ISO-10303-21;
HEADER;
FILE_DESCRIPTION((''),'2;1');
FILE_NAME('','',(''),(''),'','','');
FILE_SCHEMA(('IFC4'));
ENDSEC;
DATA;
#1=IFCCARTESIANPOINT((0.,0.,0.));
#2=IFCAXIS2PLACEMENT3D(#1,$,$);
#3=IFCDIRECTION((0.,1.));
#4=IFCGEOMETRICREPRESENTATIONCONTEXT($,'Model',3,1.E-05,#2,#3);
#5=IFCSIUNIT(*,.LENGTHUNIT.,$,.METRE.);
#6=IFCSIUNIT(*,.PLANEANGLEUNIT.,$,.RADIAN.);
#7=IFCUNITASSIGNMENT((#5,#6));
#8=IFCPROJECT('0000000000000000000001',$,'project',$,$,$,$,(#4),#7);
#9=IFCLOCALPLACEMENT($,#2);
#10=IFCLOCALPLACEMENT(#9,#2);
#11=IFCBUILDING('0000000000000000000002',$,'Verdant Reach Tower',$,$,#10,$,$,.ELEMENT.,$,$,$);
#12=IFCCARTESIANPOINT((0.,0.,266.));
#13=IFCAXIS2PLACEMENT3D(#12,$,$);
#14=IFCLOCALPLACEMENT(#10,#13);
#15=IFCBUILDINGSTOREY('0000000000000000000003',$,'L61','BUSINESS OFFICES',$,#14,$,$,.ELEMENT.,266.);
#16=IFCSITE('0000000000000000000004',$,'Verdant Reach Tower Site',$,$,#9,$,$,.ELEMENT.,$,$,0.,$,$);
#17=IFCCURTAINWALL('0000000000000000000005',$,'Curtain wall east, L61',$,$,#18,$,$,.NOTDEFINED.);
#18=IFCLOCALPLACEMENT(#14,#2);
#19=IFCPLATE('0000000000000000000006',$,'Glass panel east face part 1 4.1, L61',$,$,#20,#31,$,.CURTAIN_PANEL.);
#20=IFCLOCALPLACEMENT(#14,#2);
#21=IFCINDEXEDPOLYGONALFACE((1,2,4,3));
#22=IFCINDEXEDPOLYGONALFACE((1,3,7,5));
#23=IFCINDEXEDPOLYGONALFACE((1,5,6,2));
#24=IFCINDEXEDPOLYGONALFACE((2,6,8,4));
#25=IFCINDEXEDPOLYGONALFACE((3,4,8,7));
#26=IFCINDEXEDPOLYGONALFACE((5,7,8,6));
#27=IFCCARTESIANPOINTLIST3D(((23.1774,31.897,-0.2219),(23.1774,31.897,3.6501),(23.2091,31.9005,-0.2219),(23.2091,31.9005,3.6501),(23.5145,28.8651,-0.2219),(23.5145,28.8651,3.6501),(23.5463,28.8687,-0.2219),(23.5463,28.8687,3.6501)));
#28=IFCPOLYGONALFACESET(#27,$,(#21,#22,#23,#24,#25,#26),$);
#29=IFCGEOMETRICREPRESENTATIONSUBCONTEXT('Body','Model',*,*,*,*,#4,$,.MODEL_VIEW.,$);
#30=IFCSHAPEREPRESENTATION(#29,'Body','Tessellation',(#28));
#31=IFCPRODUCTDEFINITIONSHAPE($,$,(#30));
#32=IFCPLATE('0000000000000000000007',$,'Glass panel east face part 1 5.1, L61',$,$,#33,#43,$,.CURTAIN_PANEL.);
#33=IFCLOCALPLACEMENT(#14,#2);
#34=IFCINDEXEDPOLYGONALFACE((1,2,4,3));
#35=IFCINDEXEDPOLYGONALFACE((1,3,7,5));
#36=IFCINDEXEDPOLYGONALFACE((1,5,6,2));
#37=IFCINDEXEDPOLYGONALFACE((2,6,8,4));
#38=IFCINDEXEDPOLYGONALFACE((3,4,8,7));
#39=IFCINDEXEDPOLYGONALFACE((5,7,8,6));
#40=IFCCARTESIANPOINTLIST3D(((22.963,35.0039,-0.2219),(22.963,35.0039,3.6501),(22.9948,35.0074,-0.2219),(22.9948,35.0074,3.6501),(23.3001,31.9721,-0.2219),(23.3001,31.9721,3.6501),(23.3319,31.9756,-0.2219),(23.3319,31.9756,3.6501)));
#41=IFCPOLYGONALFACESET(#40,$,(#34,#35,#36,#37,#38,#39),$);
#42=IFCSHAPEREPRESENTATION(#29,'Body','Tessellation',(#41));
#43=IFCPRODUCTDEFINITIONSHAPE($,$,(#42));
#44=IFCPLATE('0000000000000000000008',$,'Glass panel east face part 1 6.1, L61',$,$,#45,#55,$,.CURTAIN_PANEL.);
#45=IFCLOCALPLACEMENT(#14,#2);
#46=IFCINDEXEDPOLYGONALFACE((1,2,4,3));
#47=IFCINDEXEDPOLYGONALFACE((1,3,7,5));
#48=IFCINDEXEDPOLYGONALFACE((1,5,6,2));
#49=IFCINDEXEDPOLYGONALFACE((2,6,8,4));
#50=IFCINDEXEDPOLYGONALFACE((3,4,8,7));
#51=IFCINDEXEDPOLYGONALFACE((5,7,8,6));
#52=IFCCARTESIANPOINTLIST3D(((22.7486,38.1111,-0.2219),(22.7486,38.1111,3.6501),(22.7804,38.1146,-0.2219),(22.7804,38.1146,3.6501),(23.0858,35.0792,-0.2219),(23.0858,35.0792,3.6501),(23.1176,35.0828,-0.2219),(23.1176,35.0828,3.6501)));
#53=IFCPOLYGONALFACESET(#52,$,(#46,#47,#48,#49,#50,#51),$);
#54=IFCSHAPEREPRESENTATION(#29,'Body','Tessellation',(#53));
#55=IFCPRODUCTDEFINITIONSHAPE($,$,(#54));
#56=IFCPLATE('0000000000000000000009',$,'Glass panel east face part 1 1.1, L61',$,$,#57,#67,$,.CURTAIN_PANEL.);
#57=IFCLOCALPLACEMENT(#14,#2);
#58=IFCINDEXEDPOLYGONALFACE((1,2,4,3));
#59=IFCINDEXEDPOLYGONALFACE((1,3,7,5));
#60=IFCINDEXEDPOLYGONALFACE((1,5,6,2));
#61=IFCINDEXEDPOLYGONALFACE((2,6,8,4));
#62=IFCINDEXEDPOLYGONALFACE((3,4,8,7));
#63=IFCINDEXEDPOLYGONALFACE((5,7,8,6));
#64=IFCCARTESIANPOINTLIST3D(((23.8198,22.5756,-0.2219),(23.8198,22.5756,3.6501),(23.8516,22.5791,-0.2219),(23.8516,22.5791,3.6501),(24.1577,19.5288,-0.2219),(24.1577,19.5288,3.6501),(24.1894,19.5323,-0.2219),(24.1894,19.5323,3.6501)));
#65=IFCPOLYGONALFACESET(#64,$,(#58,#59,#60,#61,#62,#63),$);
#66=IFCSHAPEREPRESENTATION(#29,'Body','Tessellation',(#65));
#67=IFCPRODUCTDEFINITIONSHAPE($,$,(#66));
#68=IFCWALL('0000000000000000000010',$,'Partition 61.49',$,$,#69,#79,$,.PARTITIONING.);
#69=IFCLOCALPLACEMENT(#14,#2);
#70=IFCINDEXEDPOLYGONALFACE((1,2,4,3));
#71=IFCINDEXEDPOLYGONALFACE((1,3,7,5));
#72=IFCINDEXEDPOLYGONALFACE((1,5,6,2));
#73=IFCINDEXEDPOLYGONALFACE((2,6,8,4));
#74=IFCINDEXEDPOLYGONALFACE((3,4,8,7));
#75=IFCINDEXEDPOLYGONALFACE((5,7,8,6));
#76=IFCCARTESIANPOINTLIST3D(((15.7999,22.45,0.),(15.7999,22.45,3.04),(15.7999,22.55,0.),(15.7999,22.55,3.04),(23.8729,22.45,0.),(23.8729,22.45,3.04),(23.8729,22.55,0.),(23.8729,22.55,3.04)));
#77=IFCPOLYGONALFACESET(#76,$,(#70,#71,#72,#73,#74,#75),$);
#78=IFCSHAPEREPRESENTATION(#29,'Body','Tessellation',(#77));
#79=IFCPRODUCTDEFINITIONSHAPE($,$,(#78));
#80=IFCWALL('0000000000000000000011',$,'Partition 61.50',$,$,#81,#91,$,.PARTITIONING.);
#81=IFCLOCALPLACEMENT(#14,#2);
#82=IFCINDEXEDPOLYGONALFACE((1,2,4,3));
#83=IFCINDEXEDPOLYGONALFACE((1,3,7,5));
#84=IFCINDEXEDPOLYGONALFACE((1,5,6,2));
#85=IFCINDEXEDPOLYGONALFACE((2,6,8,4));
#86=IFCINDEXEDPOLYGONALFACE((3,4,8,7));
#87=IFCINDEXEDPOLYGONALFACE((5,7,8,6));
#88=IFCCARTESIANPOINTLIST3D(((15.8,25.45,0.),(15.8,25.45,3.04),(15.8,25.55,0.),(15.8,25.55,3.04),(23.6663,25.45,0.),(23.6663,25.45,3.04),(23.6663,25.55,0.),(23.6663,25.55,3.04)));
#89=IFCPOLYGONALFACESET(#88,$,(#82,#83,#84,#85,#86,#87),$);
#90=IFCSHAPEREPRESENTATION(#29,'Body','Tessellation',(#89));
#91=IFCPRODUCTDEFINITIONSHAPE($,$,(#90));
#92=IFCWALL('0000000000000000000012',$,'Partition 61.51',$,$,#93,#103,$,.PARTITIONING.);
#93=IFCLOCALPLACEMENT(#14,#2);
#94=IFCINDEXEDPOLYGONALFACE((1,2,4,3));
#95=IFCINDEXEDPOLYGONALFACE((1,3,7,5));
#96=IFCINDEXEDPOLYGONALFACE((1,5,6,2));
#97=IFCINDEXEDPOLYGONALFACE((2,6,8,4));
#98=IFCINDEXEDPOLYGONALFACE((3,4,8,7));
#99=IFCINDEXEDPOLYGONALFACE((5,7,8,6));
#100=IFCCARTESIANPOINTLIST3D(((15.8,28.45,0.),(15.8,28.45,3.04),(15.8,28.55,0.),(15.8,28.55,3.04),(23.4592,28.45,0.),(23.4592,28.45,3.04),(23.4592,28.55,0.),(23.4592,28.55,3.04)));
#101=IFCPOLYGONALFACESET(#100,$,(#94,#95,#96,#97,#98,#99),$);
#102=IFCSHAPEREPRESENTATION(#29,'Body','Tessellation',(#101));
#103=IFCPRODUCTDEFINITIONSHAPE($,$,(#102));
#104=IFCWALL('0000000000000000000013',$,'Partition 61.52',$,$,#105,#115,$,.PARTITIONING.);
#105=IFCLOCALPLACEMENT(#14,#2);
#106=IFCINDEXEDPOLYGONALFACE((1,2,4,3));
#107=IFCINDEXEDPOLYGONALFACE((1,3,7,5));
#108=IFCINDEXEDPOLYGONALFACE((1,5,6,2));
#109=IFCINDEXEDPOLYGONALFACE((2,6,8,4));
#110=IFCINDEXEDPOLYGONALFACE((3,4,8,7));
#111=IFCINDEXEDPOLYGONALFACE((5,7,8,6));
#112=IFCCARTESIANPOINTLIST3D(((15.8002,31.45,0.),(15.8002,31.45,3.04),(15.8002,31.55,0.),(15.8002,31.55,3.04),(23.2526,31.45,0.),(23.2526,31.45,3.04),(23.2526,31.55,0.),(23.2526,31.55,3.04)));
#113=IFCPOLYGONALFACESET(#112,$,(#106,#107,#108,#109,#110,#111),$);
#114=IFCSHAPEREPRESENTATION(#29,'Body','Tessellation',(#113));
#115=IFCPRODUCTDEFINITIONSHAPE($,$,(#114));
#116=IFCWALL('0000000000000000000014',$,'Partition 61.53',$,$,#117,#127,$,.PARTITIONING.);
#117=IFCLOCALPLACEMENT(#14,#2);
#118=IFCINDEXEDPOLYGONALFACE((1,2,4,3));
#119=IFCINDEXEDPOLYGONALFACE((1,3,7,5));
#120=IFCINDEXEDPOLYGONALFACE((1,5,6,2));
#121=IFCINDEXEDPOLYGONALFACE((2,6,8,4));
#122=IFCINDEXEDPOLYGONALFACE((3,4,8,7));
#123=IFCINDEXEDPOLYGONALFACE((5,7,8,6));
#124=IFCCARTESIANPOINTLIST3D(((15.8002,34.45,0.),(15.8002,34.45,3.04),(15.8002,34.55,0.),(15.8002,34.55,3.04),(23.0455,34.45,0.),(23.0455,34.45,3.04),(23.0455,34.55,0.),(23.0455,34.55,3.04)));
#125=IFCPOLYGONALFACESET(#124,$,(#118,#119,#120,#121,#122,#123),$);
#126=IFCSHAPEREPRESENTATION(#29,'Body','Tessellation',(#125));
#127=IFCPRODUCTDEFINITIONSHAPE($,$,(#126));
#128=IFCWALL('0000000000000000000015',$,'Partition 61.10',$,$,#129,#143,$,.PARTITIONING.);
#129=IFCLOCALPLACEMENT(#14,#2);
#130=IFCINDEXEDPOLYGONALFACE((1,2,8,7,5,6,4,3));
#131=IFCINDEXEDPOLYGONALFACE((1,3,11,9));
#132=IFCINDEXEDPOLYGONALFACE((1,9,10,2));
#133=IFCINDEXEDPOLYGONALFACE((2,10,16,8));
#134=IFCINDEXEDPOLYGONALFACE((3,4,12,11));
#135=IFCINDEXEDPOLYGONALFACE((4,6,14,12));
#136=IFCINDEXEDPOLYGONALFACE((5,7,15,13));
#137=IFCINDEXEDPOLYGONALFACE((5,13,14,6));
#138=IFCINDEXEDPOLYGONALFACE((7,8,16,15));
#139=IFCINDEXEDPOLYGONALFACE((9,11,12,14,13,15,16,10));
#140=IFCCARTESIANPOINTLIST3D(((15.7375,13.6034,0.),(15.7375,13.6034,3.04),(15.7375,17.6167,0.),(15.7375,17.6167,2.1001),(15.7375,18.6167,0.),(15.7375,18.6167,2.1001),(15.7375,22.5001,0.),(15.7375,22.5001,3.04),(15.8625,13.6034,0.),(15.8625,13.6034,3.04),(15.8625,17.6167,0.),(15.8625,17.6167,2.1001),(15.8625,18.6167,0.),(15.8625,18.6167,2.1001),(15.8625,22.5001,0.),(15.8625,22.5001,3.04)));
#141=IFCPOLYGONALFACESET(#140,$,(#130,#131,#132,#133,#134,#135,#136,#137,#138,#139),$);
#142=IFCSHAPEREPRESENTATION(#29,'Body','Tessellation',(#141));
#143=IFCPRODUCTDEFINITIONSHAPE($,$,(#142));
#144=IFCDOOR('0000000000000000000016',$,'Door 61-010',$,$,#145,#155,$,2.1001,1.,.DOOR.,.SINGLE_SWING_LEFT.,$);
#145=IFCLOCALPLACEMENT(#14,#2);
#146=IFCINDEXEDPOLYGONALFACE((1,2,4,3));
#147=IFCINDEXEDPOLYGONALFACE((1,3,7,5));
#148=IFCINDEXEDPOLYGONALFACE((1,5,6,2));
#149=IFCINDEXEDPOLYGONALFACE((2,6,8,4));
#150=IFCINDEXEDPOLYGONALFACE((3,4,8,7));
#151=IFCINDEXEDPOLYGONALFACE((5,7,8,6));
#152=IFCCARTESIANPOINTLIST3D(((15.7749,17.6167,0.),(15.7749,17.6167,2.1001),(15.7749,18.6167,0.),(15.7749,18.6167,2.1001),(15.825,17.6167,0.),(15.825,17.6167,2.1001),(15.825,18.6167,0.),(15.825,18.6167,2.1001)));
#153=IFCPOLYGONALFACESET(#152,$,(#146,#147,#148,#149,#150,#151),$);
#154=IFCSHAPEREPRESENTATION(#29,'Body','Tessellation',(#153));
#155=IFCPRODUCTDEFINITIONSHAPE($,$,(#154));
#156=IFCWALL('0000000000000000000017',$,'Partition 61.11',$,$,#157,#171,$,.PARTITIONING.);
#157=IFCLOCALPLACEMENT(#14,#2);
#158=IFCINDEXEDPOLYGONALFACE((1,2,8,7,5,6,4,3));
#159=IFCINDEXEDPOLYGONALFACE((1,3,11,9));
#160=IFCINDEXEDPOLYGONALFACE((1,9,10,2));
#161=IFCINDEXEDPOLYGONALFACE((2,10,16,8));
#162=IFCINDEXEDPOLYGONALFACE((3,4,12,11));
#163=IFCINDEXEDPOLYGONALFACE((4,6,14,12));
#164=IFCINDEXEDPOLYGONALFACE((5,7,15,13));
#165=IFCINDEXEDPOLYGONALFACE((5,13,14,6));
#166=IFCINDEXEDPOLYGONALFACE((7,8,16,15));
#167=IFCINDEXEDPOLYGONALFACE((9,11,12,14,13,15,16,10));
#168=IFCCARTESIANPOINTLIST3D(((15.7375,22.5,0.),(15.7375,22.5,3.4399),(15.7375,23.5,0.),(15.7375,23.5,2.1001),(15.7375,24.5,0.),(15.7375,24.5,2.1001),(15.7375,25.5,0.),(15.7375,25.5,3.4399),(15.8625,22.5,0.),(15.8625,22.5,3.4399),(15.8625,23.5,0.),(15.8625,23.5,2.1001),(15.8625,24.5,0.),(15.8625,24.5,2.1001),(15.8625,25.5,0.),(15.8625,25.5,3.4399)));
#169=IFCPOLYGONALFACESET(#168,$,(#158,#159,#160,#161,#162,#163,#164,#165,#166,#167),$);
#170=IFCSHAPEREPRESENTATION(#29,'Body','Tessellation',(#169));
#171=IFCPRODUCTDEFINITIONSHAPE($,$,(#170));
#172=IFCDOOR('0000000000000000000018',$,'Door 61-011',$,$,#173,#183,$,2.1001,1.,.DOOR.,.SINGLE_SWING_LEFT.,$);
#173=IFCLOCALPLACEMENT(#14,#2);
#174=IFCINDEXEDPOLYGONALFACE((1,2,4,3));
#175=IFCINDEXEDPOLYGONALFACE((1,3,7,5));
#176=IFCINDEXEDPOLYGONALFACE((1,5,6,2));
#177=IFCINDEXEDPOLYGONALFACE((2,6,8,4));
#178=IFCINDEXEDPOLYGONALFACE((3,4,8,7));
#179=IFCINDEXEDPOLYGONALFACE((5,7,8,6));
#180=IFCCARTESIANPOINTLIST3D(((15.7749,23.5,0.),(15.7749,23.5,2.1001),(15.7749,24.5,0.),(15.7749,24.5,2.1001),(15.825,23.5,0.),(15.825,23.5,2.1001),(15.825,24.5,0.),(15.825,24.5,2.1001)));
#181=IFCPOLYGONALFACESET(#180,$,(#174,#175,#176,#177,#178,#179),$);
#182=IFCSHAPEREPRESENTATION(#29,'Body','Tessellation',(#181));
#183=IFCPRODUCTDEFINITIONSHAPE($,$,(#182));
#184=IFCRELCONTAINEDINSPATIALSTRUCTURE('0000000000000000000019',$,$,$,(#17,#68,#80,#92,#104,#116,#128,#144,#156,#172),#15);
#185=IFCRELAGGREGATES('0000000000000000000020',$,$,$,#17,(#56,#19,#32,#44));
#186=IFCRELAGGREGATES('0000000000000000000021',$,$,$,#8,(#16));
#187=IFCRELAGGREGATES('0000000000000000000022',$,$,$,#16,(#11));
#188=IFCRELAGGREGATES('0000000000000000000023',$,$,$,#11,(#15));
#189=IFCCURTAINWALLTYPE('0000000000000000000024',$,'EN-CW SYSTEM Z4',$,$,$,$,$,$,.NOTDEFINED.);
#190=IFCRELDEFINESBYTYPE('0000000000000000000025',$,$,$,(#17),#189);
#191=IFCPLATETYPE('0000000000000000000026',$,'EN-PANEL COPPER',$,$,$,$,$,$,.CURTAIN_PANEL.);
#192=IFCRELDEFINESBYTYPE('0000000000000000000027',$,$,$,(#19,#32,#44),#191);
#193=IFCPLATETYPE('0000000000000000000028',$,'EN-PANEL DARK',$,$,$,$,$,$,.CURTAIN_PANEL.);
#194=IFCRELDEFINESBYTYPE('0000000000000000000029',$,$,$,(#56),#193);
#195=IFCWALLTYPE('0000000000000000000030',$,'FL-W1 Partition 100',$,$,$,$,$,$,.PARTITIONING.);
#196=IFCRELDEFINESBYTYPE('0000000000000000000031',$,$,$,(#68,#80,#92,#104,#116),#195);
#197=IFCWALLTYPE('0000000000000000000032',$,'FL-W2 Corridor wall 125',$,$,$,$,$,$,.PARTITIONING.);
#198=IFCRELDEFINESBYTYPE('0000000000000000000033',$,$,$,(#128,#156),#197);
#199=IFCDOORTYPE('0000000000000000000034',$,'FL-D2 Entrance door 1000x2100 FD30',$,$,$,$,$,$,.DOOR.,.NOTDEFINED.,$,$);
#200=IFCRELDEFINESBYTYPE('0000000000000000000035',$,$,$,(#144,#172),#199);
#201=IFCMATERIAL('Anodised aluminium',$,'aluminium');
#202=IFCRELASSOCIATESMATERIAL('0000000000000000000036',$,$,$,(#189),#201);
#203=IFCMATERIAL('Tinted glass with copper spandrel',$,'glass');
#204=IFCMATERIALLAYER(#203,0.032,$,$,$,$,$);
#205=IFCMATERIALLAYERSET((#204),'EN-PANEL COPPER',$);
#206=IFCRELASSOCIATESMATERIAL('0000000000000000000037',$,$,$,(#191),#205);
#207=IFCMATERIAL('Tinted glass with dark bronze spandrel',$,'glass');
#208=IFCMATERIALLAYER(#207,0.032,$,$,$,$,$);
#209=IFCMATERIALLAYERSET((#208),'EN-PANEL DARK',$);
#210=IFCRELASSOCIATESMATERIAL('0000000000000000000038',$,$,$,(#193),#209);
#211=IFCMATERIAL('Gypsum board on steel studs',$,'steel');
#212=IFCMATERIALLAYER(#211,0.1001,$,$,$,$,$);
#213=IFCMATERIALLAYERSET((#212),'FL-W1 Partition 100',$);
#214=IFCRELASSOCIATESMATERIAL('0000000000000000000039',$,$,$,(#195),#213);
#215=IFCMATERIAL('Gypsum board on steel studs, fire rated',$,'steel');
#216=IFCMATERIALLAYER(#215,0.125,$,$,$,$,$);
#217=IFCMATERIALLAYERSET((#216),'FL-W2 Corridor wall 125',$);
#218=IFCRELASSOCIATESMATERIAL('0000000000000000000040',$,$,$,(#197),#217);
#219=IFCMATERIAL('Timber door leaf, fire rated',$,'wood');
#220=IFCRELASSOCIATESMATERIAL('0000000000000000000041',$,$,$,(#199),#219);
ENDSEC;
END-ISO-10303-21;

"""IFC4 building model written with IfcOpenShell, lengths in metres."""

from ifc_helpers import new_model, si_unit, direction, frame, frame_2d, origin, origin_2d, place, context, subcontext, project, spatial, rectangle, extrude, material, layer, layer_set, type_object, element, fill, aggregate, save


model = new_model("IFC4")

# Units and contexts
model_context = context("Model", 3, precision=1e-05, world=origin(), true_north=direction((0.0, 1.0)))
body_context = subcontext(model_context, "Body", "Model", "MODEL_VIEW")
ifc_project = project(units=[si_unit("LENGTHUNIT", "METRE"), si_unit("PLANEANGLEUNIT", "RADIAN")], contexts=[model_context])

# Site, building, storey
site_placement = place(None, origin())
site = spatial("IfcSite", under=ifc_project, at=site_placement, Name="Verdant Reach Tower Site", CompositionType="ELEMENT", RefElevation=0.0)
building_placement = place(site_placement, origin())
building = spatial("IfcBuilding", under=site, at=building_placement, Name="Verdant Reach Tower", CompositionType="ELEMENT")
storey_placement = place(building_placement, frame((0.0, 0.0, 266.0)))
storey = spatial("IfcBuildingStorey", under=building, at=storey_placement, Name="L61", Description="BUSINESS OFFICES", CompositionType="ELEMENT", Elevation=266.0)

# Curtain wall, plates
ifc_material_1 = material(Name="Anodised aluminium", Category="aluminium")
curtain_wall_type = type_object("IfcCurtainWallType", Name="EN-CW SYSTEM Z4", PredefinedType="NOTDEFINED", material=ifc_material_1)
curtain_wall_placement = place(storey_placement, origin())
curtain_wall = element("IfcCurtainWall", 1, at=curtain_wall_placement, inside=storey, type_object=curtain_wall_type, Name="Curtain wall east, L61", PredefinedType="NOTDEFINED")
ifc_material_2 = material(Name="Tinted glass with copper spandrel", Category="glass")
ifc_layer_1 = layer(ifc_material_2, 0.032)
ifc_layer_set_1 = layer_set([ifc_layer_1], Name="EN-PANEL COPPER")
plate_type_1 = type_object("IfcPlateType", Name="EN-PANEL COPPER", PredefinedType="CURTAIN_PANEL", material=ifc_layer_set_1)
plate_1_placement = place(storey_placement, frame((23.3618, 30.3828, -0.2219), z_axis=(0.0, 0.0, 1.0), x_axis=(-0.110518, 0.993874, 0.0)))
plate_1 = element("IfcPlate", 2, at=plate_1_placement, type_object=plate_type_1, Name="Glass panel east face part 1 4.1, L61", PredefinedType="CURTAIN_PANEL", context=body_context, shape_type="SweptSolid", body=[
    extrude(rectangle(XDim=3.0505, YDim=0.032, at=origin_2d()), origin(), (0.0, 0.0, 1.0), 3.8721),
])
plate_2_placement = place(storey_placement, frame((23.1475, 33.4897, -0.2219), z_axis=(0.0, 0.0, 1.0), x_axis=(-0.110518, 0.993874, 0.0)))
plate_2 = element("IfcPlate", 3, at=plate_2_placement, type_object=plate_type_1, Name="Glass panel east face part 1 5.1, L61", PredefinedType="CURTAIN_PANEL", context=body_context, shape_type="SweptSolid", body=[
    extrude(rectangle(XDim=3.0505, YDim=0.032, at=origin_2d()), origin(), (0.0, 0.0, 1.0), 3.8721),
])
plate_3_placement = place(storey_placement, frame((22.9331, 36.5969, -0.2219), z_axis=(0.0, 0.0, 1.0), x_axis=(-0.110518, 0.993874, 0.0)))
plate_3 = element("IfcPlate", 4, at=plate_3_placement, type_object=plate_type_1, Name="Glass panel east face part 1 6.1, L61", PredefinedType="CURTAIN_PANEL", context=body_context, shape_type="SweptSolid", body=[
    extrude(rectangle(XDim=3.0505, YDim=0.032, at=origin_2d()), origin(), (0.0, 0.0, 1.0), 3.8721),
])
ifc_material_3 = material(Name="Tinted glass with dark bronze spandrel", Category="glass")
ifc_layer_2 = layer(ifc_material_3, 0.032)
ifc_layer_set_2 = layer_set([ifc_layer_2], Name="EN-PANEL DARK")
plate_type_2 = type_object("IfcPlateType", Name="EN-PANEL DARK", PredefinedType="CURTAIN_PANEL", material=ifc_layer_set_2)
plate_4_placement = place(storey_placement, frame((24.0046, 21.054, -0.2219), z_axis=(0.0, 0.0, 1.0), x_axis=(-0.110206, 0.993909, 0.0)))
plate_4 = element("IfcPlate", 5, at=plate_4_placement, type_object=plate_type_2, Name="Glass panel east face part 1 1.1, L61", PredefinedType="CURTAIN_PANEL", context=body_context, shape_type="SweptSolid", body=[
    extrude(rectangle(XDim=3.0654, YDim=0.032, at=origin_2d()), origin(), (0.0, 0.0, 1.0), 3.8721),
])
aggregate(curtain_wall, [plate_4, plate_1, plate_2, plate_3])

# Walls
ifc_material_4 = material(Name="Gypsum board on steel studs", Category="steel")
ifc_layer_3 = layer(ifc_material_4, 0.1001)
ifc_layer_set_3 = layer_set([ifc_layer_3], Name="FL-W1 Partition 100")
wall_type_1 = type_object("IfcWallType", Name="FL-W1 Partition 100", PredefinedType="PARTITIONING", material=ifc_layer_set_3)
wall_1_placement = place(storey_placement, frame((23.873, 22.5, 0.0), z_axis=(0.0, 0.0, 1.0), x_axis=(-1.0, 0.0, 0.0)))
element("IfcWall", 6, at=wall_1_placement, inside=storey, type_object=wall_type_1, Name="Partition 61.49", PredefinedType="PARTITIONING", context=body_context, shape_type="SweptSolid", body=[
    extrude(rectangle(XDim=8.073, YDim=0.1001, at=frame_2d((4.0366, 0.0))), origin(), (0.0, 0.0, 1.0), 3.04),
])
wall_2_placement = place(storey_placement, frame((23.6663, 25.5, 0.0), z_axis=(0.0, 0.0, 1.0), x_axis=(-1.0, 0.0, 0.0)))
element("IfcWall", 7, at=wall_2_placement, inside=storey, type_object=wall_type_1, Name="Partition 61.50", PredefinedType="PARTITIONING", context=body_context, shape_type="SweptSolid", body=[
    extrude(rectangle(XDim=7.8662, YDim=0.1001, at=frame_2d((3.9331, 0.0))), origin(), (0.0, 0.0, 1.0), 3.04),
])
wall_3_placement = place(storey_placement, frame((23.4592, 28.5, 0.0), z_axis=(0.0, 0.0, 1.0), x_axis=(-1.0, 0.0, 0.0)))
element("IfcWall", 8, at=wall_3_placement, inside=storey, type_object=wall_type_1, Name="Partition 61.51", PredefinedType="PARTITIONING", context=body_context, shape_type="SweptSolid", body=[
    extrude(rectangle(XDim=7.6592, YDim=0.1001, at=frame_2d((3.8296, 0.0))), origin(), (0.0, 0.0, 1.0), 3.04),
])
wall_4_placement = place(storey_placement, frame((23.2524, 31.5, 0.0), z_axis=(0.0, 0.0, 1.0), x_axis=(-1.0, 0.0, 0.0)))
element("IfcWall", 9, at=wall_4_placement, inside=storey, type_object=wall_type_1, Name="Partition 61.52", PredefinedType="PARTITIONING", context=body_context, shape_type="SweptSolid", body=[
    extrude(rectangle(XDim=7.4524, YDim=0.1001, at=frame_2d((3.7261, 0.0))), origin(), (0.0, 0.0, 1.0), 3.04),
])
wall_5_placement = place(storey_placement, frame((23.0454, 34.5, 0.0), z_axis=(0.0, 0.0, 1.0), x_axis=(-1.0, 0.0, 0.0)))
element("IfcWall", 10, at=wall_5_placement, inside=storey, type_object=wall_type_1, Name="Partition 61.53", PredefinedType="PARTITIONING", context=body_context, shape_type="SweptSolid", body=[
    extrude(rectangle(XDim=7.2454, YDim=0.1001, at=frame_2d((3.6226, 0.0))), origin(), (0.0, 0.0, 1.0), 3.04),
])

# Walls, openings, doors
ifc_material_5 = material(Name="Gypsum board on steel studs, fire rated", Category="steel")
ifc_layer_4 = layer(ifc_material_5, 0.125)
ifc_layer_set_4 = layer_set([ifc_layer_4], Name="FL-W2 Corridor wall 125")
wall_type_2 = type_object("IfcWallType", Name="FL-W2 Corridor wall 125", PredefinedType="PARTITIONING", material=ifc_layer_set_4)
wall_6_placement = place(storey_placement, frame((15.8, 22.5, 0.0), z_axis=(0.0, 0.0, 1.0), x_axis=(0.0, -1.0, 0.0)))
wall_6 = element("IfcWall", 11, at=wall_6_placement, inside=storey, type_object=wall_type_2, Name="Partition 61.10", PredefinedType="PARTITIONING", context=body_context, shape_type="SweptSolid", body=[
    extrude(rectangle(XDim=8.8967, YDim=0.125, at=frame_2d((4.4482, 0.0))), origin(), (0.0, 0.0, 1.0), 3.04),
])
opening_1_placement = place(wall_6_placement, frame((3.8833, 0.0, 0.0)))
opening_1 = element("IfcOpeningElement", 12, at=opening_1_placement, cuts=wall_6, PredefinedType="OPENING", context=body_context, shape_type="SweptSolid", body=[
    extrude(rectangle(XDim=1.0, YDim=2.1001, at=frame_2d((0.5, 1.05))), frame((0.0, 0.0725, 0.0), z_axis=(0.0, -1.0, 0.0), x_axis=(1.0, 0.0, 0.0)), (0.0, 0.0, 1.0), 0.145),
])
ifc_material_6 = material(Name="Timber door leaf, fire rated", Category="wood")
door_type_1 = type_object("IfcDoorType", Name="FL-D2 Entrance door 1000x2100 FD30", OperationType="NOTDEFINED", PredefinedType="DOOR", material=ifc_material_6)
door_1_placement = place(opening_1_placement, origin())
door_1 = element("IfcDoor", 13, at=door_1_placement, inside=storey, type_object=door_type_1, Name="Door 61-010", OperationType="SINGLE_SWING_LEFT", OverallHeight=2.1001, OverallWidth=1.0, PredefinedType="DOOR", context=body_context, shape_type="SweptSolid", body=[
    extrude(rectangle(XDim=1.0, YDim=2.1001, at=frame_2d((0.5, 1.05))), frame((0.0, 0.0249, 0.0), z_axis=(0.0, -1.0, 0.0), x_axis=(1.0, 0.0, 0.0)), (0.0, 0.0, 1.0), 0.05),
])
fill(opening_1, door_1)
wall_7_placement = place(storey_placement, frame((15.8, 25.5, 0.0), z_axis=(0.0, 0.0, 1.0), x_axis=(0.0, -1.0, 0.0)))
wall_7 = element("IfcWall", 14, at=wall_7_placement, inside=storey, type_object=wall_type_2, Name="Partition 61.11", PredefinedType="PARTITIONING", context=body_context, shape_type="SweptSolid", body=[
    extrude(rectangle(XDim=3.0, YDim=0.125, at=frame_2d((1.5, 0.0))), origin(), (0.0, 0.0, 1.0), 3.4399),
])
opening_2_placement = place(wall_7_placement, frame((1.0, 0.0, 0.0)))
opening_2 = element("IfcOpeningElement", 15, at=opening_2_placement, cuts=wall_7, PredefinedType="OPENING", context=body_context, shape_type="SweptSolid", body=[
    extrude(rectangle(XDim=1.0, YDim=2.1001, at=frame_2d((0.5, 1.05))), frame((0.0, 0.0725, 0.0), z_axis=(0.0, -1.0, 0.0), x_axis=(1.0, 0.0, 0.0)), (0.0, 0.0, 1.0), 0.145),
])
door_2_placement = place(opening_2_placement, origin())
door_2 = element("IfcDoor", 16, at=door_2_placement, inside=storey, type_object=door_type_1, Name="Door 61-011", OperationType="SINGLE_SWING_LEFT", OverallHeight=2.1001, OverallWidth=1.0, PredefinedType="DOOR", context=body_context, shape_type="SweptSolid", body=[
    extrude(rectangle(XDim=1.0, YDim=2.1001, at=frame_2d((0.5, 1.05))), frame((0.0, 0.0249, 0.0), z_axis=(0.0, -1.0, 0.0), x_axis=(1.0, 0.0, 0.0)), (0.0, 0.0, 1.0), 0.05),
])
fill(opening_2, door_2)

save(model, "model.ifc")
